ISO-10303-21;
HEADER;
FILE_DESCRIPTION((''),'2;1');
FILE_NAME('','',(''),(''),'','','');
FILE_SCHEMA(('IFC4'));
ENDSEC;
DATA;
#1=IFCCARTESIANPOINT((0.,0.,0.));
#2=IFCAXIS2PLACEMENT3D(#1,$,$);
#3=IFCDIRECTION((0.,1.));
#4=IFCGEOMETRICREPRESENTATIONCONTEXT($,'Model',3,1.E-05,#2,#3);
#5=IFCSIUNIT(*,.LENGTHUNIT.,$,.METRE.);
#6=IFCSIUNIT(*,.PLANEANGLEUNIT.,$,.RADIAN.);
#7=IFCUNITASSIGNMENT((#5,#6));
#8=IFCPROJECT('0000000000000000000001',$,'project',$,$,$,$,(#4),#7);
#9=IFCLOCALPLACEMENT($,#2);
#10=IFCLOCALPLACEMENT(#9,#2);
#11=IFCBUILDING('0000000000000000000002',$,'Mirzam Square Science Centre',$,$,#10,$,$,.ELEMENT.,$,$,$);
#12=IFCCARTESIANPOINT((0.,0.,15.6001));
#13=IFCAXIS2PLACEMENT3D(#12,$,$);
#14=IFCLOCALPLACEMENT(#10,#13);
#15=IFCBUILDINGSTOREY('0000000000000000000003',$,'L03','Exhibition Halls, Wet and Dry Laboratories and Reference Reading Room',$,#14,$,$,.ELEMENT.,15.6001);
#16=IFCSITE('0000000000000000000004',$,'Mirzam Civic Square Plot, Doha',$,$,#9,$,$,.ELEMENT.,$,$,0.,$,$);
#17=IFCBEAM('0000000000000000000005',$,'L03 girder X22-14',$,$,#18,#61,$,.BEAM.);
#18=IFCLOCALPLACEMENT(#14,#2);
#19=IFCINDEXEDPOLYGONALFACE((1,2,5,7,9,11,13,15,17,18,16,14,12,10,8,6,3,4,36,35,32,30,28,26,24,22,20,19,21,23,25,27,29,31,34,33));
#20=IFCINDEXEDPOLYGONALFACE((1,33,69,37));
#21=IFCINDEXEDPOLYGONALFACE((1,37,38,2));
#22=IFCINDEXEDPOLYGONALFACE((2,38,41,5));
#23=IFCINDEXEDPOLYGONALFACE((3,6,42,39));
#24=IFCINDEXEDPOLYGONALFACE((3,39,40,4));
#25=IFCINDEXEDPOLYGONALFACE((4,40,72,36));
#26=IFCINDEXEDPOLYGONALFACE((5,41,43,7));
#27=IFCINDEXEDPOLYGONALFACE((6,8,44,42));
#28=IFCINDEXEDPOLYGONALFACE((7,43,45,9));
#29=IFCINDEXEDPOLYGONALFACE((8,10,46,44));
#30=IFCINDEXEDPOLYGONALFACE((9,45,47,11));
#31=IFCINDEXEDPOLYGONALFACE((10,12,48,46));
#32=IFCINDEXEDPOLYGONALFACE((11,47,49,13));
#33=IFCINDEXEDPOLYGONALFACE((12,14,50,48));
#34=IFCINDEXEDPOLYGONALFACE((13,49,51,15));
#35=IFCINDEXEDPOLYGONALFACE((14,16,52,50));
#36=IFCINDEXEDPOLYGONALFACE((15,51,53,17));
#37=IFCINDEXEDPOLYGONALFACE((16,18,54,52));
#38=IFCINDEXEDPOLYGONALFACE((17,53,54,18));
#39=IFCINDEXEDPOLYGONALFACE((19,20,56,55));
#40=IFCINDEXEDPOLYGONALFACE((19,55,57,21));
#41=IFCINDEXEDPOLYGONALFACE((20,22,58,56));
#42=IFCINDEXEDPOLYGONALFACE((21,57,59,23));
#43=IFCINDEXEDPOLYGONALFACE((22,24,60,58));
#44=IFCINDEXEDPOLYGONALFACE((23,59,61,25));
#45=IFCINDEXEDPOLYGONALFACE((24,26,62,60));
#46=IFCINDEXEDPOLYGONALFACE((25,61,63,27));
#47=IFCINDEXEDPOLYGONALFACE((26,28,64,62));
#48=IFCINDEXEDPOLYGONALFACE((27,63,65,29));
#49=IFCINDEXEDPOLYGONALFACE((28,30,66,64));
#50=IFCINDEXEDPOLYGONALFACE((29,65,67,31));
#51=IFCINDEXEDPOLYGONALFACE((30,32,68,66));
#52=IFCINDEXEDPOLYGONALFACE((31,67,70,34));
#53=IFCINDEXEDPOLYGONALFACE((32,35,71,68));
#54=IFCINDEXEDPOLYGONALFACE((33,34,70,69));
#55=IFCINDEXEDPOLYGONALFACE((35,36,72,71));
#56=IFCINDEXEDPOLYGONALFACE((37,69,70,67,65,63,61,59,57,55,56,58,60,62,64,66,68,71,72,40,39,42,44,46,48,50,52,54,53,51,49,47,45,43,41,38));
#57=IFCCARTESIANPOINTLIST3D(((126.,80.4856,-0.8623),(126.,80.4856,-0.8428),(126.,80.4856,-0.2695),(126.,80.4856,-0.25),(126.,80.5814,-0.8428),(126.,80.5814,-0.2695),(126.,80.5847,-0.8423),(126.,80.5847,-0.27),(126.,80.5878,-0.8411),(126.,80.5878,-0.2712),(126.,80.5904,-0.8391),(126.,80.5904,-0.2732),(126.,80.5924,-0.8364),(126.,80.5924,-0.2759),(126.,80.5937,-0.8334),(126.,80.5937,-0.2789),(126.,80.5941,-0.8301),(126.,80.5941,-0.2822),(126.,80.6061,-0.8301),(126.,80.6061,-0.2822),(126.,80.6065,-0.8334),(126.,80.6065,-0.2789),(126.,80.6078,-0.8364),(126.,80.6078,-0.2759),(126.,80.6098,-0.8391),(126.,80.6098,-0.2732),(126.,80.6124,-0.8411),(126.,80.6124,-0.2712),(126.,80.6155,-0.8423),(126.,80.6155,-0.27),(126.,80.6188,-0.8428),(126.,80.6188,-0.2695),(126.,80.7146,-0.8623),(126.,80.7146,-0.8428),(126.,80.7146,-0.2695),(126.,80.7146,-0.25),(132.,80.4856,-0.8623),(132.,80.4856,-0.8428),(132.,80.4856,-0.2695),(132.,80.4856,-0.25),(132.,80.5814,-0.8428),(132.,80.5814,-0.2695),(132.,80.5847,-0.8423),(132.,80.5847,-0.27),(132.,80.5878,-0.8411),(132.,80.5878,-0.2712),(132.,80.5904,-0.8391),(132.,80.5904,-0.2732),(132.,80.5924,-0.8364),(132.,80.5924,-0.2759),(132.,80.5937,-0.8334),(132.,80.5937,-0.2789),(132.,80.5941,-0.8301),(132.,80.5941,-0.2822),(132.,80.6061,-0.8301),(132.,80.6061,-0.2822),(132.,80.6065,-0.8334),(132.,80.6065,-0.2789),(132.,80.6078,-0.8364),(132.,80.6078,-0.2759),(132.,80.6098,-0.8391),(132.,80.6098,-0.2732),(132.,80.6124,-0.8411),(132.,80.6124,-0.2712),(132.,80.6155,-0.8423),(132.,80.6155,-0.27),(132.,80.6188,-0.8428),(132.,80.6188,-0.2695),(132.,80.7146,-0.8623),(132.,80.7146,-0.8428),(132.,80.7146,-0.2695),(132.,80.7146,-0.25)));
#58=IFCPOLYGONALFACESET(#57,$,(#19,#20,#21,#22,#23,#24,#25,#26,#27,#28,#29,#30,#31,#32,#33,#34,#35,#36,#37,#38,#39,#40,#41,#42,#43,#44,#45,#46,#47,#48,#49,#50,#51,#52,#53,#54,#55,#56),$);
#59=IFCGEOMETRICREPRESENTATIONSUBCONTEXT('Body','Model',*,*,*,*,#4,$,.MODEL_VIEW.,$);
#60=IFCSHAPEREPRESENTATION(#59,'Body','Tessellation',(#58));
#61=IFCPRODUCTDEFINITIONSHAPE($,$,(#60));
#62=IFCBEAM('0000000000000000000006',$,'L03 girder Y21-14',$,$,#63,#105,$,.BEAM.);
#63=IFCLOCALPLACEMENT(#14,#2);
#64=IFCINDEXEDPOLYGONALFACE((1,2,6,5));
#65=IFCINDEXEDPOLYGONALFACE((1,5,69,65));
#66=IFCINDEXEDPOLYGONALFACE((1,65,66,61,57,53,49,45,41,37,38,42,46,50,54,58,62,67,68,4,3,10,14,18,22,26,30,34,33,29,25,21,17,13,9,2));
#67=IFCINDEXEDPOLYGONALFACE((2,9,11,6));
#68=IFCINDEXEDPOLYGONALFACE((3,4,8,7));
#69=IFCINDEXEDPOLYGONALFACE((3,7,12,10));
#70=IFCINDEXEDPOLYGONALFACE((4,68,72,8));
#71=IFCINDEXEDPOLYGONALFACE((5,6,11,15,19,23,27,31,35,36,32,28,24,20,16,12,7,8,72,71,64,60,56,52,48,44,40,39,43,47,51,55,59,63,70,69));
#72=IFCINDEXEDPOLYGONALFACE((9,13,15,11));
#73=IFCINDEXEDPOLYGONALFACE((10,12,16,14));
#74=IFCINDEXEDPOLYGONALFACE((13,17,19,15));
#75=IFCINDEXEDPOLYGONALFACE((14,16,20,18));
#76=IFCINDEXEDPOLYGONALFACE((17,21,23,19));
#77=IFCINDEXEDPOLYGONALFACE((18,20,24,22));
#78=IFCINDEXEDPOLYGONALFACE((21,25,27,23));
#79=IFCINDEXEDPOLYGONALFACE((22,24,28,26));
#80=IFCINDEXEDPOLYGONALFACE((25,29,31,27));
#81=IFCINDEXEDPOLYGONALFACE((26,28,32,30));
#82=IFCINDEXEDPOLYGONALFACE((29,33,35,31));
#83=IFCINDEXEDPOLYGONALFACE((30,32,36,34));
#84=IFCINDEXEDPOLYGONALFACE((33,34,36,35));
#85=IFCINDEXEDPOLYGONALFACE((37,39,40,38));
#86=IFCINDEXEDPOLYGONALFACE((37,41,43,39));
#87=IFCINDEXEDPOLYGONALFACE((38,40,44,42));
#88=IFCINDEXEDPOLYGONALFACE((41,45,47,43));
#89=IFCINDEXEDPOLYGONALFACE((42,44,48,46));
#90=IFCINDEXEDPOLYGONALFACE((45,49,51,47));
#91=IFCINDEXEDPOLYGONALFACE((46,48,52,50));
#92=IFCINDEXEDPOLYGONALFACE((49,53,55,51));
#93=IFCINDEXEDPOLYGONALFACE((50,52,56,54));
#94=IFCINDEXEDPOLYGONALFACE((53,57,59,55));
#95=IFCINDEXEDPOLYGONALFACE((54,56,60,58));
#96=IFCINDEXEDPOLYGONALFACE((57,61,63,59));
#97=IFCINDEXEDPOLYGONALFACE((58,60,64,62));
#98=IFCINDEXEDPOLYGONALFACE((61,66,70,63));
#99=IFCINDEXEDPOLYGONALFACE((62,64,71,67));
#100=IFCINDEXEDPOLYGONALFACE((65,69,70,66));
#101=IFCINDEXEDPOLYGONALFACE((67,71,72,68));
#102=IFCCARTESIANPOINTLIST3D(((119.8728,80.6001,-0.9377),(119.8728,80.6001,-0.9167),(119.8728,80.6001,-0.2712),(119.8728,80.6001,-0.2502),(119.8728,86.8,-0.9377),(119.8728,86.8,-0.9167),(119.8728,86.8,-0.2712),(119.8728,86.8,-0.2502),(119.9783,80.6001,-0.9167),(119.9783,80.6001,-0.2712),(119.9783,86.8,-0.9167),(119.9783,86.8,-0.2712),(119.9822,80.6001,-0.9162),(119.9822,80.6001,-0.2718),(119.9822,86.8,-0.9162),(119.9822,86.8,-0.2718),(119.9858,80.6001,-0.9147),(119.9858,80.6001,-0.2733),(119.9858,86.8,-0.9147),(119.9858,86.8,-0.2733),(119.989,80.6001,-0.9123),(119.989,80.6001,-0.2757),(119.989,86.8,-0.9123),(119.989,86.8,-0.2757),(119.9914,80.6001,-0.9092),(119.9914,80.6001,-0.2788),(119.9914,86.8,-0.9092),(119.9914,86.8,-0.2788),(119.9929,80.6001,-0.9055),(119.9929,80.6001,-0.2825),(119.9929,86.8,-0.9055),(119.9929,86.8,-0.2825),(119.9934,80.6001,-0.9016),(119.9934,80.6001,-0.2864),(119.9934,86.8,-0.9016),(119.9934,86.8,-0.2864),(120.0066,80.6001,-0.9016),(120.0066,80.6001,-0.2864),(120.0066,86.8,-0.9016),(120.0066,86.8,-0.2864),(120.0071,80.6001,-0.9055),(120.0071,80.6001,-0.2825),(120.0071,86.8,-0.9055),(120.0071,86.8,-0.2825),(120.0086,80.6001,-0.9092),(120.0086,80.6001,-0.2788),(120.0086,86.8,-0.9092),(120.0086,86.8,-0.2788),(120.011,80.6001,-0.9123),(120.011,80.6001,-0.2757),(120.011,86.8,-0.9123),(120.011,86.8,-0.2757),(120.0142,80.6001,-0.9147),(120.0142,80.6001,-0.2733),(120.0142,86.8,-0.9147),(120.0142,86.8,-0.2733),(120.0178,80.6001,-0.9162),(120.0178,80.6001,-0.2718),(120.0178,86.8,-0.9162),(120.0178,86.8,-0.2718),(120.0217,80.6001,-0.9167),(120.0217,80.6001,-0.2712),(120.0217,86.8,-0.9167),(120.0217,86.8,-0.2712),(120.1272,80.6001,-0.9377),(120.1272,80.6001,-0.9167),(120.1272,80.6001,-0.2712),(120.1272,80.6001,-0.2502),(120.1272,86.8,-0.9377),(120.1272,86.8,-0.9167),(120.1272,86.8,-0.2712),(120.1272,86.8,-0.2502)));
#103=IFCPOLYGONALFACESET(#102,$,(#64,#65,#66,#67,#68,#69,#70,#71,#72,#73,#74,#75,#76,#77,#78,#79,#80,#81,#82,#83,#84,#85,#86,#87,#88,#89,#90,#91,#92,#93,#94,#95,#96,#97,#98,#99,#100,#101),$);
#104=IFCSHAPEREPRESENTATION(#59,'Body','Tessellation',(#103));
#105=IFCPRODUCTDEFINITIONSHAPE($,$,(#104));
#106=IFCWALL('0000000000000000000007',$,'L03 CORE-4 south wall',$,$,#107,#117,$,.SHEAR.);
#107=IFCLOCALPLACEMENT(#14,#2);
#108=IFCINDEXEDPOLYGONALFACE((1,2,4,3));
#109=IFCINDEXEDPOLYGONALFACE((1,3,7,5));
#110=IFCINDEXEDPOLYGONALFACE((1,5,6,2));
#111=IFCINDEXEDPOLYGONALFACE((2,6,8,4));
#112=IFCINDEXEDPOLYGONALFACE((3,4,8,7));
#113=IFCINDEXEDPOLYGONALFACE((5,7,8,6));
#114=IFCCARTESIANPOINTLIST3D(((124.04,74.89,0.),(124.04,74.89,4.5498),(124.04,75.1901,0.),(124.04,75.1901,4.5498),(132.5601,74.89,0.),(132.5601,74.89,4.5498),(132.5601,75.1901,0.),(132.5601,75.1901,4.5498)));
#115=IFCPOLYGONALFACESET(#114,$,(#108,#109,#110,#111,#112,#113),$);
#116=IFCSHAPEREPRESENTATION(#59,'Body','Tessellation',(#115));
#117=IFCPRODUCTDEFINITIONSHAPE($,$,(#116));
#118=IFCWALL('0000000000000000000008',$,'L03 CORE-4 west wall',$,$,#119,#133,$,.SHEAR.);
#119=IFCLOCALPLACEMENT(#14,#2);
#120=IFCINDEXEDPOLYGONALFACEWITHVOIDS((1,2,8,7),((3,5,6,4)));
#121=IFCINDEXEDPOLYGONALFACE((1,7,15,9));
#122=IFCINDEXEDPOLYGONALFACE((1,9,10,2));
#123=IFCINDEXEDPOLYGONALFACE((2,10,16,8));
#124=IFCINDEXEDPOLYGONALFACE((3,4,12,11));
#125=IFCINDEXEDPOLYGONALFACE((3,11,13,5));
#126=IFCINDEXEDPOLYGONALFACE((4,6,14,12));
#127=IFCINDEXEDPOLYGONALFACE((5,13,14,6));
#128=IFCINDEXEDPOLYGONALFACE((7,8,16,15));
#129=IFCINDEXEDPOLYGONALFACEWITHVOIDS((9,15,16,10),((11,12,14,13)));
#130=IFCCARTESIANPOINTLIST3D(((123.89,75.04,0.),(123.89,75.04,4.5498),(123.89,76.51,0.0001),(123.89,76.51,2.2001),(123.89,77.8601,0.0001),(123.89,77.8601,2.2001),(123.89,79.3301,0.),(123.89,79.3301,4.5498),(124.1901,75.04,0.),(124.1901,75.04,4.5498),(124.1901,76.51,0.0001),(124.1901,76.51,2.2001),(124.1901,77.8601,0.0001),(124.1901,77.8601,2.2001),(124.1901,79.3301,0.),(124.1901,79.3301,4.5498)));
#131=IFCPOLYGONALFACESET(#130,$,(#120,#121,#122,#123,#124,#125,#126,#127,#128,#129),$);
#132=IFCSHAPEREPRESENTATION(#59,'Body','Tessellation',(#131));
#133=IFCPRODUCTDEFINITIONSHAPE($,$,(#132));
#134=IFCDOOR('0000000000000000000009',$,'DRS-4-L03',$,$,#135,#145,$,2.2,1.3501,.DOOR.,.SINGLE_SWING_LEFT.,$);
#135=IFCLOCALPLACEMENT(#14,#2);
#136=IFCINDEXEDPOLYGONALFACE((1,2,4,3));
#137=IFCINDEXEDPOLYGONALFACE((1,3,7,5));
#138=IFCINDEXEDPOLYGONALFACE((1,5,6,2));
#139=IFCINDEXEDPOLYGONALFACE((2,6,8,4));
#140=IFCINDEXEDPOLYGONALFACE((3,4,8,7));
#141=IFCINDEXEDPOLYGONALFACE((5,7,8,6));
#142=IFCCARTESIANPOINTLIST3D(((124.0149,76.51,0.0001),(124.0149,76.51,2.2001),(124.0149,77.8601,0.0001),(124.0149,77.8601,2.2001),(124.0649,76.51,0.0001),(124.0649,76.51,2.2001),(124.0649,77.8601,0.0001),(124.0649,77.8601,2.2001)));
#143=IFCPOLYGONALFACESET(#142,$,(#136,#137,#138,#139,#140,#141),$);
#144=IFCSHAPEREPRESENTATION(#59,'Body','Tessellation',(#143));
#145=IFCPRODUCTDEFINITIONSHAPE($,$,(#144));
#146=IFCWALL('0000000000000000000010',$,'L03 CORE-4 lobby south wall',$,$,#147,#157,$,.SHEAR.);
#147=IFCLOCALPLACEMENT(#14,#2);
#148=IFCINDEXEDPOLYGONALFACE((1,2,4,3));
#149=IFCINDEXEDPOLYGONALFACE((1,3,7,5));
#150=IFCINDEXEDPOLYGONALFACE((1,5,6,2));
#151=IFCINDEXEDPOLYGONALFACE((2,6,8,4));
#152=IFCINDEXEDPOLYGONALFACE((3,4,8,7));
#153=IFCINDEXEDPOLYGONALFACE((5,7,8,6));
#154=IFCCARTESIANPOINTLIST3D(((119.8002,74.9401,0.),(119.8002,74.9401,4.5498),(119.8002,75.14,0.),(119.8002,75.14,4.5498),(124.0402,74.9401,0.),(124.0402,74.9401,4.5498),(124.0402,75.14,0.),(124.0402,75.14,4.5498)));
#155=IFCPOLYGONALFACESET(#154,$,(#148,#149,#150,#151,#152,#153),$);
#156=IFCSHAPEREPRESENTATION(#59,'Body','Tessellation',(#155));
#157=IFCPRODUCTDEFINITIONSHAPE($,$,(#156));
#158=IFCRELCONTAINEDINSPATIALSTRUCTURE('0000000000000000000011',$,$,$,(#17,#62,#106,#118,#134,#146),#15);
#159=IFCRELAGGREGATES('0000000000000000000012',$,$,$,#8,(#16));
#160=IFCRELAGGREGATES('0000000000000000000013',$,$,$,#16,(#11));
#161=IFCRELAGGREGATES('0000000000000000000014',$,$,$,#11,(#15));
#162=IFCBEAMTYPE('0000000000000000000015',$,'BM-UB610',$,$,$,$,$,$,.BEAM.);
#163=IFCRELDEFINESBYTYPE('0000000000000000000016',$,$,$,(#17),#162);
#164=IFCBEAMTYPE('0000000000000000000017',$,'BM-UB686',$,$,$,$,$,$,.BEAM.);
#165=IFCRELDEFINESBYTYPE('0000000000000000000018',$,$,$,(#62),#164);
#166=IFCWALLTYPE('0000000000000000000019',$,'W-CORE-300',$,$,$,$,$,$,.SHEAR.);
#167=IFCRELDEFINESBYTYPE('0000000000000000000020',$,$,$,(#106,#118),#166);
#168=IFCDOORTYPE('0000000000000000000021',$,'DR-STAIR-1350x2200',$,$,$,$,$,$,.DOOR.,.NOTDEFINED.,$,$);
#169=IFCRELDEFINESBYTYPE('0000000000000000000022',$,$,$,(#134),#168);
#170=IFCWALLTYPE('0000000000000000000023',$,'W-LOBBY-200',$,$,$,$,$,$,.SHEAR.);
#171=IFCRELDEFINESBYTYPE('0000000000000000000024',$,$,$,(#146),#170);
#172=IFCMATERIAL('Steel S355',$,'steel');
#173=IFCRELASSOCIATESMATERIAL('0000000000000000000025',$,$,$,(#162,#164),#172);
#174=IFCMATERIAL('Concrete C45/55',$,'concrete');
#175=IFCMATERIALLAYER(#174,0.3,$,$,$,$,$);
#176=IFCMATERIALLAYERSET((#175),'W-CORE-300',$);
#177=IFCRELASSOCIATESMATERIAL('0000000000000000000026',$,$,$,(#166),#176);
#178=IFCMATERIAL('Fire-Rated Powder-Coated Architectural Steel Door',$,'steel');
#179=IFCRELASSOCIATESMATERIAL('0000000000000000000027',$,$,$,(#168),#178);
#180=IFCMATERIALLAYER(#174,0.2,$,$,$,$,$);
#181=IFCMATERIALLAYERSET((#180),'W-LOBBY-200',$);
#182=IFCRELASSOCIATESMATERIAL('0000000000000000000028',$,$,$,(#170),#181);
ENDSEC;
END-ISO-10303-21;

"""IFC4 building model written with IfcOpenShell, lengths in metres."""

from ifc_helpers import new_model, si_unit, direction, frame, frame_2d, origin, origin_2d, place, context, subcontext, project, spatial, rectangle, i_section, extrude, material, layer, layer_set, material_profile, profile_set, type_object, element, fill, save


model = new_model("IFC4")

# Units and contexts
model_context = context("Model", 3, precision=1e-05, world=origin(), true_north=direction((0.0, 1.0)))
body_context = subcontext(model_context, "Body", "Model", "MODEL_VIEW")
ifc_project = project(units=[si_unit("LENGTHUNIT", "METRE"), si_unit("PLANEANGLEUNIT", "RADIAN")], contexts=[model_context])

# Site, building, storey
site_placement = place(None, origin())
site = spatial("IfcSite", under=ifc_project, at=site_placement, Name="Mirzam Civic Square Plot, Doha", CompositionType="ELEMENT", RefElevation=0.0)
building_placement = place(site_placement, origin())
building = spatial("IfcBuilding", under=site, at=building_placement, Name="Mirzam Square Science Centre", CompositionType="ELEMENT")
storey_placement = place(building_placement, frame((0.0, 0.0, 15.6001)))
storey = spatial("IfcBuildingStorey", under=building, at=storey_placement, Name="L03", Description="Exhibition Halls, Wet and Dry Laboratories and Reference Reading Room", CompositionType="ELEMENT", Elevation=15.6001)

# Shared definitions
ifc_material_1 = material(Name="Steel S355", Category="steel")

# Beams
ifc_material_profile_1 = material_profile(ifc_material_1, i_section(OverallWidth=0.229, OverallDepth=0.6123, WebThickness=0.012, FlangeThickness=0.0195, FilletRadius=0.0127, at=origin_2d()), Name="610x229x125UB")
ifc_profile_set_1 = profile_set([ifc_material_profile_1], Name="Steel S355")
beam_type_1 = type_object("IfcBeamType", Name="BM-UB610", PredefinedType="BEAM", material=ifc_profile_set_1)
for number, where, z_axis, x_axis, name in (
    (1, (126.0, 80.6001, -0.5562), (1.0, 0.0, 0.0), (0.0, 1.0, 0.0), "L03 girder X22-14"),
):
    element("IfcBeam", number, at=place(storey_placement, frame(where, z_axis=z_axis, x_axis=x_axis)), inside=storey, type_object=beam_type_1, Name=name, PredefinedType="BEAM", context=body_context, shape_type="SweptSolid", body=[
        extrude(i_section(OverallWidth=0.229, OverallDepth=0.6123, WebThickness=0.012, FlangeThickness=0.0195, FilletRadius=0.0127, at=origin_2d()), origin(), (0.0, 0.0, 1.0), 6.0),
    ])
ifc_material_profile_2 = material_profile(ifc_material_1, i_section(OverallWidth=0.2544, OverallDepth=0.6875, WebThickness=0.0132, FlangeThickness=0.021, FilletRadius=0.0151, at=origin_2d()), Name="686x254x152UB")
ifc_profile_set_2 = profile_set([ifc_material_profile_2], Name="Steel S355")
beam_type_2 = type_object("IfcBeamType", Name="BM-UB686", PredefinedType="BEAM", material=ifc_profile_set_2)
beam_1_placement = place(storey_placement, frame((120.0, 80.6001, -0.594), z_axis=(0.0, 1.0, 0.0), x_axis=(-1.0, 0.0, 0.0)))
element("IfcBeam", 2, at=beam_1_placement, inside=storey, type_object=beam_type_2, Name="L03 girder Y21-14", PredefinedType="BEAM", context=body_context, shape_type="SweptSolid", body=[
    extrude(i_section(OverallWidth=0.2544, OverallDepth=0.6875, WebThickness=0.0132, FlangeThickness=0.021, FilletRadius=0.0151, at=origin_2d()), origin(), (0.0, 0.0, 1.0), 6.2),
])

# Wall
ifc_material_2 = material(Name="Concrete C45/55", Category="concrete")
ifc_layer_1 = layer(ifc_material_2, 0.3)
ifc_layer_set_1 = layer_set([ifc_layer_1], Name="W-CORE-300")
wall_type_1 = type_object("IfcWallType", Name="W-CORE-300", PredefinedType="SHEAR", material=ifc_layer_set_1)
wall_1_placement = place(storey_placement, frame((124.04, 75.04, 0.0), z_axis=(0.0, 0.0, 1.0), x_axis=(1.0, 0.0, 0.0)))
element("IfcWall", 3, at=wall_1_placement, inside=storey, type_object=wall_type_1, Name="L03 CORE-4 south wall", PredefinedType="SHEAR", context=body_context, shape_type="SweptSolid", body=[
    extrude(rectangle(XDim=8.52, YDim=0.3, at=frame_2d((4.26, 0.0))), origin(), (0.0, 0.0, 1.0), 4.5498),
])

# Wall, opening, door
wall_2_placement = place(storey_placement, frame((124.04, 79.3301, 0.0), z_axis=(0.0, 0.0, 1.0), x_axis=(0.0, -1.0, 0.0)))
wall_2 = element("IfcWall", 4, at=wall_2_placement, inside=storey, type_object=wall_type_1, Name="L03 CORE-4 west wall", PredefinedType="SHEAR", context=body_context, shape_type="SweptSolid", body=[
    extrude(rectangle(XDim=4.29, YDim=0.3, at=frame_2d((2.145, 0.0))), origin(), (0.0, 0.0, 1.0), 4.5498),
])
opening_1_placement = place(wall_2_placement, frame((1.47, 0.0, 0.0)))
opening_1 = element("IfcOpeningElement", 5, at=opening_1_placement, cuts=wall_2, PredefinedType="OPENING", context=body_context, shape_type="SweptSolid", body=[
    extrude(rectangle(XDim=1.3501, YDim=2.2, at=frame_2d((0.675, 1.1001))), frame((0.0, 0.1599, 0.0), z_axis=(0.0, -1.0, 0.0), x_axis=(1.0, 0.0, 0.0)), (0.0, 0.0, 1.0), 0.3201),
])
ifc_material_3 = material(Name="Fire-Rated Powder-Coated Architectural Steel Door", Category="steel")
door_type_1 = type_object("IfcDoorType", Name="DR-STAIR-1350x2200", OperationType="NOTDEFINED", PredefinedType="DOOR", material=ifc_material_3)
door_1_placement = place(opening_1_placement, origin())
door_1 = element("IfcDoor", 6, at=door_1_placement, inside=storey, type_object=door_type_1, Name="DRS-4-L03", OperationType="SINGLE_SWING_LEFT", OverallHeight=2.2, OverallWidth=1.3501, PredefinedType="DOOR", context=body_context, shape_type="SweptSolid", body=[
    extrude(rectangle(XDim=1.3501, YDim=2.2, at=frame_2d((0.675, 1.1001))), frame((0.0, 0.0249, 0.0), z_axis=(0.0, -1.0, 0.0), x_axis=(1.0, 0.0, 0.0)), (0.0, 0.0, 1.0), 0.05),
])
fill(opening_1, door_1)

# Wall
ifc_layer_2 = layer(ifc_material_2, 0.2)
ifc_layer_set_2 = layer_set([ifc_layer_2], Name="W-LOBBY-200")
wall_type_2 = type_object("IfcWallType", Name="W-LOBBY-200", PredefinedType="SHEAR", material=ifc_layer_set_2)
wall_3_placement = place(storey_placement, frame((119.8, 75.04, 0.0), z_axis=(0.0, 0.0, 1.0), x_axis=(1.0, 0.0, 0.0)))
element("IfcWall", 7, at=wall_3_placement, inside=storey, type_object=wall_type_2, Name="L03 CORE-4 lobby south wall", PredefinedType="SHEAR", context=body_context, shape_type="SweptSolid", body=[
    extrude(rectangle(XDim=4.24, YDim=0.2, at=frame_2d((2.1201, 0.0))), origin(), (0.0, 0.0, 1.0), 4.5498),
])

save(model, "model.ifc")
